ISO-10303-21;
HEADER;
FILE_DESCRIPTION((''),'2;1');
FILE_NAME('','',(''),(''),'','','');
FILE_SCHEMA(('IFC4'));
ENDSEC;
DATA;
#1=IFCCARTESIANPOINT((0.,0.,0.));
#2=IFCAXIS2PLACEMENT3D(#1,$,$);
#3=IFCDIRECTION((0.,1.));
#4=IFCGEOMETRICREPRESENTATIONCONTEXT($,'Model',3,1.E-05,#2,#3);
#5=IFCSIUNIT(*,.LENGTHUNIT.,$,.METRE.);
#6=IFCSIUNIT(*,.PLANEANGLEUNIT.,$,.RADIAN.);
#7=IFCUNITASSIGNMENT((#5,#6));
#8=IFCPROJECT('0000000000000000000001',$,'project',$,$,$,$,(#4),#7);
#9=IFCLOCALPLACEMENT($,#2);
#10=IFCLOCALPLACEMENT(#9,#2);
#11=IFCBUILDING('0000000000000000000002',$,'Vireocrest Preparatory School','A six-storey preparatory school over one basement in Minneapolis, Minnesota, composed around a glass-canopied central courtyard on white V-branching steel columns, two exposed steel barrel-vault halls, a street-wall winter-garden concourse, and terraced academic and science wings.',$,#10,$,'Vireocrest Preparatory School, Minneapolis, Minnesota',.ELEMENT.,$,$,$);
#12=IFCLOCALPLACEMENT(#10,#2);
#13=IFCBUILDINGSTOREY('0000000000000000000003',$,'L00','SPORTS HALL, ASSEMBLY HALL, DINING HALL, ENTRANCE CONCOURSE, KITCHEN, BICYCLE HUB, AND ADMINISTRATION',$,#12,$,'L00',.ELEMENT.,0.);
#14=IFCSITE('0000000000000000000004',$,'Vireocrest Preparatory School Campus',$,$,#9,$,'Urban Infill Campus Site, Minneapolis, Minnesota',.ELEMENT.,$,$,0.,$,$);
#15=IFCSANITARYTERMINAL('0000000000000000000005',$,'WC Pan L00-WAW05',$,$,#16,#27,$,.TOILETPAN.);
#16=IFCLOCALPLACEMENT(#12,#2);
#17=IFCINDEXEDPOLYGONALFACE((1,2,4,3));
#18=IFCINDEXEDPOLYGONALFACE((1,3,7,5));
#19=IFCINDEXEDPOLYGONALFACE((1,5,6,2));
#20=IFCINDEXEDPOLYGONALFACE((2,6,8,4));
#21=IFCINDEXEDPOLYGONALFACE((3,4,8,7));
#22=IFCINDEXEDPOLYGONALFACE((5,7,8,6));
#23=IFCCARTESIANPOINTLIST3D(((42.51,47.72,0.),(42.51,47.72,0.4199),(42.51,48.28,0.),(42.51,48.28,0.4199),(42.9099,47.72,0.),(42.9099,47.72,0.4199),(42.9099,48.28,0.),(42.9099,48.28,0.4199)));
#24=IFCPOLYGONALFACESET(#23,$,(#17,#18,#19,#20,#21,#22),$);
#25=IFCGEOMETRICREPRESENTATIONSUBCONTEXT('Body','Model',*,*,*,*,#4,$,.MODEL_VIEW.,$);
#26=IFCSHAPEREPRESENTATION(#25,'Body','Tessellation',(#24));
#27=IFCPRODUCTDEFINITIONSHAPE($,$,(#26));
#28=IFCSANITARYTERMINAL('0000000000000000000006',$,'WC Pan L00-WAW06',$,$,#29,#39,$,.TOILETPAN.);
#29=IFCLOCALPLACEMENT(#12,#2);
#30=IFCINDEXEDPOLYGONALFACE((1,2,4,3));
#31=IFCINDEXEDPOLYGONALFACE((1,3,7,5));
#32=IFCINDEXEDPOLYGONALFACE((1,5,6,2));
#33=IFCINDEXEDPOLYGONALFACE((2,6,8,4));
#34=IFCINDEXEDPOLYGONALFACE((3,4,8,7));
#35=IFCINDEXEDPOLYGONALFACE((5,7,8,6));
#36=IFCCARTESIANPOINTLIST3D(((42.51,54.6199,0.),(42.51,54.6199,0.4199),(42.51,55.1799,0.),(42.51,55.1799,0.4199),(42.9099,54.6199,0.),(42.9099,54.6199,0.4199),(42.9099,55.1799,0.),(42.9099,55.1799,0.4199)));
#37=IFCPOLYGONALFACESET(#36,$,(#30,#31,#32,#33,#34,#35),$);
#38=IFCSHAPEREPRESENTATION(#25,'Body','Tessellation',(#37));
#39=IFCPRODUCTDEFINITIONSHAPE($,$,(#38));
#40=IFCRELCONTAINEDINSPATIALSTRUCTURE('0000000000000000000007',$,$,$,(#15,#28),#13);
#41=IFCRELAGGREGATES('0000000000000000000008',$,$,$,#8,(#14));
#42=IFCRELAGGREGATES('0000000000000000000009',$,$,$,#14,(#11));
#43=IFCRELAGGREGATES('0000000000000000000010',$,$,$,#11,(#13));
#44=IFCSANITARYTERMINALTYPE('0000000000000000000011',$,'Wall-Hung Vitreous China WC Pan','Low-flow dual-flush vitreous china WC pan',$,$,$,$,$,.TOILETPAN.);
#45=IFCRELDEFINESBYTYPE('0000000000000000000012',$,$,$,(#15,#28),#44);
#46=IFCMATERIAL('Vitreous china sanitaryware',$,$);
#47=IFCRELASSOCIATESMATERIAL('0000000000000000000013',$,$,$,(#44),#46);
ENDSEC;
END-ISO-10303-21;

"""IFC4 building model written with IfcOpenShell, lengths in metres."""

from ifc_helpers import new_model, si_unit, direction, frame, origin, origin_2d, place, context, subcontext, project, spatial, rectangle, extrude, material, type_object, element, save


model = new_model("IFC4")

# Units and contexts
model_context = context("Model", 3, precision=1e-05, world=origin(), true_north=direction((0.0, 1.0)))
body_context = subcontext(model_context, "Body", "Model", "MODEL_VIEW")
ifc_project = project(units=[si_unit("LENGTHUNIT", "METRE"), si_unit("PLANEANGLEUNIT", "RADIAN")], contexts=[model_context])

# Site, building, storey
site_placement = place(None, origin())
site = spatial("IfcSite", under=ifc_project, at=site_placement, Name="Vireocrest Preparatory School Campus", LongName="Urban Infill Campus Site, Minneapolis, Minnesota", CompositionType="ELEMENT", RefElevation=0.0)
building_placement = place(site_placement, origin())
building = spatial("IfcBuilding", under=site, at=building_placement, Name="Vireocrest Preparatory School", Description="A six-storey preparatory school over one basement in Minneapolis, Minnesota, composed around a glass-canopied central courtyard on white V-branching steel columns, two exposed steel barrel-vault halls, a street-wall winter-garden concourse, and terraced academic and science wings.", LongName="Vireocrest Preparatory School, Minneapolis, Minnesota", CompositionType="ELEMENT")
storey_placement = place(building_placement, origin())
storey = spatial("IfcBuildingStorey", under=building, at=storey_placement, Name="L00", Description="SPORTS HALL, ASSEMBLY HALL, DINING HALL, ENTRANCE CONCOURSE, KITCHEN, BICYCLE HUB, AND ADMINISTRATION", LongName="L00", CompositionType="ELEMENT", Elevation=0.0)

# Sanitary terminals
ifc_material_1 = material(Name="Vitreous china sanitaryware")
sanitary_terminal_type_1 = type_object("IfcSanitaryTerminalType", Name="Wall-Hung Vitreous China WC Pan", Description="Low-flow dual-flush vitreous china WC pan", PredefinedType="TOILETPAN", material=ifc_material_1)
for number, where, z_axis, x_axis, name in (
    (1, (42.71, 48.0, 0.0), (0.0, 0.0, 1.0), (1.0, 0.0, 0.0), "WC Pan L00-WAW05"),
    (2, (42.71, 54.8999, 0.0), (0.0, 0.0, 1.0), (1.0, 0.0, 0.0), "WC Pan L00-WAW06"),
):
    element("IfcSanitaryTerminal", number, at=place(storey_placement, frame(where, z_axis=z_axis, x_axis=x_axis)), inside=storey, type_object=sanitary_terminal_type_1, Name=name, PredefinedType="TOILETPAN", context=body_context, shape_type="SweptSolid", body=[
        extrude(rectangle(XDim=0.3999, YDim=0.5601, at=origin_2d()), origin(), (0.0, 0.0, 1.0), 0.4199),
    ])

save(model, "model.ifc")
